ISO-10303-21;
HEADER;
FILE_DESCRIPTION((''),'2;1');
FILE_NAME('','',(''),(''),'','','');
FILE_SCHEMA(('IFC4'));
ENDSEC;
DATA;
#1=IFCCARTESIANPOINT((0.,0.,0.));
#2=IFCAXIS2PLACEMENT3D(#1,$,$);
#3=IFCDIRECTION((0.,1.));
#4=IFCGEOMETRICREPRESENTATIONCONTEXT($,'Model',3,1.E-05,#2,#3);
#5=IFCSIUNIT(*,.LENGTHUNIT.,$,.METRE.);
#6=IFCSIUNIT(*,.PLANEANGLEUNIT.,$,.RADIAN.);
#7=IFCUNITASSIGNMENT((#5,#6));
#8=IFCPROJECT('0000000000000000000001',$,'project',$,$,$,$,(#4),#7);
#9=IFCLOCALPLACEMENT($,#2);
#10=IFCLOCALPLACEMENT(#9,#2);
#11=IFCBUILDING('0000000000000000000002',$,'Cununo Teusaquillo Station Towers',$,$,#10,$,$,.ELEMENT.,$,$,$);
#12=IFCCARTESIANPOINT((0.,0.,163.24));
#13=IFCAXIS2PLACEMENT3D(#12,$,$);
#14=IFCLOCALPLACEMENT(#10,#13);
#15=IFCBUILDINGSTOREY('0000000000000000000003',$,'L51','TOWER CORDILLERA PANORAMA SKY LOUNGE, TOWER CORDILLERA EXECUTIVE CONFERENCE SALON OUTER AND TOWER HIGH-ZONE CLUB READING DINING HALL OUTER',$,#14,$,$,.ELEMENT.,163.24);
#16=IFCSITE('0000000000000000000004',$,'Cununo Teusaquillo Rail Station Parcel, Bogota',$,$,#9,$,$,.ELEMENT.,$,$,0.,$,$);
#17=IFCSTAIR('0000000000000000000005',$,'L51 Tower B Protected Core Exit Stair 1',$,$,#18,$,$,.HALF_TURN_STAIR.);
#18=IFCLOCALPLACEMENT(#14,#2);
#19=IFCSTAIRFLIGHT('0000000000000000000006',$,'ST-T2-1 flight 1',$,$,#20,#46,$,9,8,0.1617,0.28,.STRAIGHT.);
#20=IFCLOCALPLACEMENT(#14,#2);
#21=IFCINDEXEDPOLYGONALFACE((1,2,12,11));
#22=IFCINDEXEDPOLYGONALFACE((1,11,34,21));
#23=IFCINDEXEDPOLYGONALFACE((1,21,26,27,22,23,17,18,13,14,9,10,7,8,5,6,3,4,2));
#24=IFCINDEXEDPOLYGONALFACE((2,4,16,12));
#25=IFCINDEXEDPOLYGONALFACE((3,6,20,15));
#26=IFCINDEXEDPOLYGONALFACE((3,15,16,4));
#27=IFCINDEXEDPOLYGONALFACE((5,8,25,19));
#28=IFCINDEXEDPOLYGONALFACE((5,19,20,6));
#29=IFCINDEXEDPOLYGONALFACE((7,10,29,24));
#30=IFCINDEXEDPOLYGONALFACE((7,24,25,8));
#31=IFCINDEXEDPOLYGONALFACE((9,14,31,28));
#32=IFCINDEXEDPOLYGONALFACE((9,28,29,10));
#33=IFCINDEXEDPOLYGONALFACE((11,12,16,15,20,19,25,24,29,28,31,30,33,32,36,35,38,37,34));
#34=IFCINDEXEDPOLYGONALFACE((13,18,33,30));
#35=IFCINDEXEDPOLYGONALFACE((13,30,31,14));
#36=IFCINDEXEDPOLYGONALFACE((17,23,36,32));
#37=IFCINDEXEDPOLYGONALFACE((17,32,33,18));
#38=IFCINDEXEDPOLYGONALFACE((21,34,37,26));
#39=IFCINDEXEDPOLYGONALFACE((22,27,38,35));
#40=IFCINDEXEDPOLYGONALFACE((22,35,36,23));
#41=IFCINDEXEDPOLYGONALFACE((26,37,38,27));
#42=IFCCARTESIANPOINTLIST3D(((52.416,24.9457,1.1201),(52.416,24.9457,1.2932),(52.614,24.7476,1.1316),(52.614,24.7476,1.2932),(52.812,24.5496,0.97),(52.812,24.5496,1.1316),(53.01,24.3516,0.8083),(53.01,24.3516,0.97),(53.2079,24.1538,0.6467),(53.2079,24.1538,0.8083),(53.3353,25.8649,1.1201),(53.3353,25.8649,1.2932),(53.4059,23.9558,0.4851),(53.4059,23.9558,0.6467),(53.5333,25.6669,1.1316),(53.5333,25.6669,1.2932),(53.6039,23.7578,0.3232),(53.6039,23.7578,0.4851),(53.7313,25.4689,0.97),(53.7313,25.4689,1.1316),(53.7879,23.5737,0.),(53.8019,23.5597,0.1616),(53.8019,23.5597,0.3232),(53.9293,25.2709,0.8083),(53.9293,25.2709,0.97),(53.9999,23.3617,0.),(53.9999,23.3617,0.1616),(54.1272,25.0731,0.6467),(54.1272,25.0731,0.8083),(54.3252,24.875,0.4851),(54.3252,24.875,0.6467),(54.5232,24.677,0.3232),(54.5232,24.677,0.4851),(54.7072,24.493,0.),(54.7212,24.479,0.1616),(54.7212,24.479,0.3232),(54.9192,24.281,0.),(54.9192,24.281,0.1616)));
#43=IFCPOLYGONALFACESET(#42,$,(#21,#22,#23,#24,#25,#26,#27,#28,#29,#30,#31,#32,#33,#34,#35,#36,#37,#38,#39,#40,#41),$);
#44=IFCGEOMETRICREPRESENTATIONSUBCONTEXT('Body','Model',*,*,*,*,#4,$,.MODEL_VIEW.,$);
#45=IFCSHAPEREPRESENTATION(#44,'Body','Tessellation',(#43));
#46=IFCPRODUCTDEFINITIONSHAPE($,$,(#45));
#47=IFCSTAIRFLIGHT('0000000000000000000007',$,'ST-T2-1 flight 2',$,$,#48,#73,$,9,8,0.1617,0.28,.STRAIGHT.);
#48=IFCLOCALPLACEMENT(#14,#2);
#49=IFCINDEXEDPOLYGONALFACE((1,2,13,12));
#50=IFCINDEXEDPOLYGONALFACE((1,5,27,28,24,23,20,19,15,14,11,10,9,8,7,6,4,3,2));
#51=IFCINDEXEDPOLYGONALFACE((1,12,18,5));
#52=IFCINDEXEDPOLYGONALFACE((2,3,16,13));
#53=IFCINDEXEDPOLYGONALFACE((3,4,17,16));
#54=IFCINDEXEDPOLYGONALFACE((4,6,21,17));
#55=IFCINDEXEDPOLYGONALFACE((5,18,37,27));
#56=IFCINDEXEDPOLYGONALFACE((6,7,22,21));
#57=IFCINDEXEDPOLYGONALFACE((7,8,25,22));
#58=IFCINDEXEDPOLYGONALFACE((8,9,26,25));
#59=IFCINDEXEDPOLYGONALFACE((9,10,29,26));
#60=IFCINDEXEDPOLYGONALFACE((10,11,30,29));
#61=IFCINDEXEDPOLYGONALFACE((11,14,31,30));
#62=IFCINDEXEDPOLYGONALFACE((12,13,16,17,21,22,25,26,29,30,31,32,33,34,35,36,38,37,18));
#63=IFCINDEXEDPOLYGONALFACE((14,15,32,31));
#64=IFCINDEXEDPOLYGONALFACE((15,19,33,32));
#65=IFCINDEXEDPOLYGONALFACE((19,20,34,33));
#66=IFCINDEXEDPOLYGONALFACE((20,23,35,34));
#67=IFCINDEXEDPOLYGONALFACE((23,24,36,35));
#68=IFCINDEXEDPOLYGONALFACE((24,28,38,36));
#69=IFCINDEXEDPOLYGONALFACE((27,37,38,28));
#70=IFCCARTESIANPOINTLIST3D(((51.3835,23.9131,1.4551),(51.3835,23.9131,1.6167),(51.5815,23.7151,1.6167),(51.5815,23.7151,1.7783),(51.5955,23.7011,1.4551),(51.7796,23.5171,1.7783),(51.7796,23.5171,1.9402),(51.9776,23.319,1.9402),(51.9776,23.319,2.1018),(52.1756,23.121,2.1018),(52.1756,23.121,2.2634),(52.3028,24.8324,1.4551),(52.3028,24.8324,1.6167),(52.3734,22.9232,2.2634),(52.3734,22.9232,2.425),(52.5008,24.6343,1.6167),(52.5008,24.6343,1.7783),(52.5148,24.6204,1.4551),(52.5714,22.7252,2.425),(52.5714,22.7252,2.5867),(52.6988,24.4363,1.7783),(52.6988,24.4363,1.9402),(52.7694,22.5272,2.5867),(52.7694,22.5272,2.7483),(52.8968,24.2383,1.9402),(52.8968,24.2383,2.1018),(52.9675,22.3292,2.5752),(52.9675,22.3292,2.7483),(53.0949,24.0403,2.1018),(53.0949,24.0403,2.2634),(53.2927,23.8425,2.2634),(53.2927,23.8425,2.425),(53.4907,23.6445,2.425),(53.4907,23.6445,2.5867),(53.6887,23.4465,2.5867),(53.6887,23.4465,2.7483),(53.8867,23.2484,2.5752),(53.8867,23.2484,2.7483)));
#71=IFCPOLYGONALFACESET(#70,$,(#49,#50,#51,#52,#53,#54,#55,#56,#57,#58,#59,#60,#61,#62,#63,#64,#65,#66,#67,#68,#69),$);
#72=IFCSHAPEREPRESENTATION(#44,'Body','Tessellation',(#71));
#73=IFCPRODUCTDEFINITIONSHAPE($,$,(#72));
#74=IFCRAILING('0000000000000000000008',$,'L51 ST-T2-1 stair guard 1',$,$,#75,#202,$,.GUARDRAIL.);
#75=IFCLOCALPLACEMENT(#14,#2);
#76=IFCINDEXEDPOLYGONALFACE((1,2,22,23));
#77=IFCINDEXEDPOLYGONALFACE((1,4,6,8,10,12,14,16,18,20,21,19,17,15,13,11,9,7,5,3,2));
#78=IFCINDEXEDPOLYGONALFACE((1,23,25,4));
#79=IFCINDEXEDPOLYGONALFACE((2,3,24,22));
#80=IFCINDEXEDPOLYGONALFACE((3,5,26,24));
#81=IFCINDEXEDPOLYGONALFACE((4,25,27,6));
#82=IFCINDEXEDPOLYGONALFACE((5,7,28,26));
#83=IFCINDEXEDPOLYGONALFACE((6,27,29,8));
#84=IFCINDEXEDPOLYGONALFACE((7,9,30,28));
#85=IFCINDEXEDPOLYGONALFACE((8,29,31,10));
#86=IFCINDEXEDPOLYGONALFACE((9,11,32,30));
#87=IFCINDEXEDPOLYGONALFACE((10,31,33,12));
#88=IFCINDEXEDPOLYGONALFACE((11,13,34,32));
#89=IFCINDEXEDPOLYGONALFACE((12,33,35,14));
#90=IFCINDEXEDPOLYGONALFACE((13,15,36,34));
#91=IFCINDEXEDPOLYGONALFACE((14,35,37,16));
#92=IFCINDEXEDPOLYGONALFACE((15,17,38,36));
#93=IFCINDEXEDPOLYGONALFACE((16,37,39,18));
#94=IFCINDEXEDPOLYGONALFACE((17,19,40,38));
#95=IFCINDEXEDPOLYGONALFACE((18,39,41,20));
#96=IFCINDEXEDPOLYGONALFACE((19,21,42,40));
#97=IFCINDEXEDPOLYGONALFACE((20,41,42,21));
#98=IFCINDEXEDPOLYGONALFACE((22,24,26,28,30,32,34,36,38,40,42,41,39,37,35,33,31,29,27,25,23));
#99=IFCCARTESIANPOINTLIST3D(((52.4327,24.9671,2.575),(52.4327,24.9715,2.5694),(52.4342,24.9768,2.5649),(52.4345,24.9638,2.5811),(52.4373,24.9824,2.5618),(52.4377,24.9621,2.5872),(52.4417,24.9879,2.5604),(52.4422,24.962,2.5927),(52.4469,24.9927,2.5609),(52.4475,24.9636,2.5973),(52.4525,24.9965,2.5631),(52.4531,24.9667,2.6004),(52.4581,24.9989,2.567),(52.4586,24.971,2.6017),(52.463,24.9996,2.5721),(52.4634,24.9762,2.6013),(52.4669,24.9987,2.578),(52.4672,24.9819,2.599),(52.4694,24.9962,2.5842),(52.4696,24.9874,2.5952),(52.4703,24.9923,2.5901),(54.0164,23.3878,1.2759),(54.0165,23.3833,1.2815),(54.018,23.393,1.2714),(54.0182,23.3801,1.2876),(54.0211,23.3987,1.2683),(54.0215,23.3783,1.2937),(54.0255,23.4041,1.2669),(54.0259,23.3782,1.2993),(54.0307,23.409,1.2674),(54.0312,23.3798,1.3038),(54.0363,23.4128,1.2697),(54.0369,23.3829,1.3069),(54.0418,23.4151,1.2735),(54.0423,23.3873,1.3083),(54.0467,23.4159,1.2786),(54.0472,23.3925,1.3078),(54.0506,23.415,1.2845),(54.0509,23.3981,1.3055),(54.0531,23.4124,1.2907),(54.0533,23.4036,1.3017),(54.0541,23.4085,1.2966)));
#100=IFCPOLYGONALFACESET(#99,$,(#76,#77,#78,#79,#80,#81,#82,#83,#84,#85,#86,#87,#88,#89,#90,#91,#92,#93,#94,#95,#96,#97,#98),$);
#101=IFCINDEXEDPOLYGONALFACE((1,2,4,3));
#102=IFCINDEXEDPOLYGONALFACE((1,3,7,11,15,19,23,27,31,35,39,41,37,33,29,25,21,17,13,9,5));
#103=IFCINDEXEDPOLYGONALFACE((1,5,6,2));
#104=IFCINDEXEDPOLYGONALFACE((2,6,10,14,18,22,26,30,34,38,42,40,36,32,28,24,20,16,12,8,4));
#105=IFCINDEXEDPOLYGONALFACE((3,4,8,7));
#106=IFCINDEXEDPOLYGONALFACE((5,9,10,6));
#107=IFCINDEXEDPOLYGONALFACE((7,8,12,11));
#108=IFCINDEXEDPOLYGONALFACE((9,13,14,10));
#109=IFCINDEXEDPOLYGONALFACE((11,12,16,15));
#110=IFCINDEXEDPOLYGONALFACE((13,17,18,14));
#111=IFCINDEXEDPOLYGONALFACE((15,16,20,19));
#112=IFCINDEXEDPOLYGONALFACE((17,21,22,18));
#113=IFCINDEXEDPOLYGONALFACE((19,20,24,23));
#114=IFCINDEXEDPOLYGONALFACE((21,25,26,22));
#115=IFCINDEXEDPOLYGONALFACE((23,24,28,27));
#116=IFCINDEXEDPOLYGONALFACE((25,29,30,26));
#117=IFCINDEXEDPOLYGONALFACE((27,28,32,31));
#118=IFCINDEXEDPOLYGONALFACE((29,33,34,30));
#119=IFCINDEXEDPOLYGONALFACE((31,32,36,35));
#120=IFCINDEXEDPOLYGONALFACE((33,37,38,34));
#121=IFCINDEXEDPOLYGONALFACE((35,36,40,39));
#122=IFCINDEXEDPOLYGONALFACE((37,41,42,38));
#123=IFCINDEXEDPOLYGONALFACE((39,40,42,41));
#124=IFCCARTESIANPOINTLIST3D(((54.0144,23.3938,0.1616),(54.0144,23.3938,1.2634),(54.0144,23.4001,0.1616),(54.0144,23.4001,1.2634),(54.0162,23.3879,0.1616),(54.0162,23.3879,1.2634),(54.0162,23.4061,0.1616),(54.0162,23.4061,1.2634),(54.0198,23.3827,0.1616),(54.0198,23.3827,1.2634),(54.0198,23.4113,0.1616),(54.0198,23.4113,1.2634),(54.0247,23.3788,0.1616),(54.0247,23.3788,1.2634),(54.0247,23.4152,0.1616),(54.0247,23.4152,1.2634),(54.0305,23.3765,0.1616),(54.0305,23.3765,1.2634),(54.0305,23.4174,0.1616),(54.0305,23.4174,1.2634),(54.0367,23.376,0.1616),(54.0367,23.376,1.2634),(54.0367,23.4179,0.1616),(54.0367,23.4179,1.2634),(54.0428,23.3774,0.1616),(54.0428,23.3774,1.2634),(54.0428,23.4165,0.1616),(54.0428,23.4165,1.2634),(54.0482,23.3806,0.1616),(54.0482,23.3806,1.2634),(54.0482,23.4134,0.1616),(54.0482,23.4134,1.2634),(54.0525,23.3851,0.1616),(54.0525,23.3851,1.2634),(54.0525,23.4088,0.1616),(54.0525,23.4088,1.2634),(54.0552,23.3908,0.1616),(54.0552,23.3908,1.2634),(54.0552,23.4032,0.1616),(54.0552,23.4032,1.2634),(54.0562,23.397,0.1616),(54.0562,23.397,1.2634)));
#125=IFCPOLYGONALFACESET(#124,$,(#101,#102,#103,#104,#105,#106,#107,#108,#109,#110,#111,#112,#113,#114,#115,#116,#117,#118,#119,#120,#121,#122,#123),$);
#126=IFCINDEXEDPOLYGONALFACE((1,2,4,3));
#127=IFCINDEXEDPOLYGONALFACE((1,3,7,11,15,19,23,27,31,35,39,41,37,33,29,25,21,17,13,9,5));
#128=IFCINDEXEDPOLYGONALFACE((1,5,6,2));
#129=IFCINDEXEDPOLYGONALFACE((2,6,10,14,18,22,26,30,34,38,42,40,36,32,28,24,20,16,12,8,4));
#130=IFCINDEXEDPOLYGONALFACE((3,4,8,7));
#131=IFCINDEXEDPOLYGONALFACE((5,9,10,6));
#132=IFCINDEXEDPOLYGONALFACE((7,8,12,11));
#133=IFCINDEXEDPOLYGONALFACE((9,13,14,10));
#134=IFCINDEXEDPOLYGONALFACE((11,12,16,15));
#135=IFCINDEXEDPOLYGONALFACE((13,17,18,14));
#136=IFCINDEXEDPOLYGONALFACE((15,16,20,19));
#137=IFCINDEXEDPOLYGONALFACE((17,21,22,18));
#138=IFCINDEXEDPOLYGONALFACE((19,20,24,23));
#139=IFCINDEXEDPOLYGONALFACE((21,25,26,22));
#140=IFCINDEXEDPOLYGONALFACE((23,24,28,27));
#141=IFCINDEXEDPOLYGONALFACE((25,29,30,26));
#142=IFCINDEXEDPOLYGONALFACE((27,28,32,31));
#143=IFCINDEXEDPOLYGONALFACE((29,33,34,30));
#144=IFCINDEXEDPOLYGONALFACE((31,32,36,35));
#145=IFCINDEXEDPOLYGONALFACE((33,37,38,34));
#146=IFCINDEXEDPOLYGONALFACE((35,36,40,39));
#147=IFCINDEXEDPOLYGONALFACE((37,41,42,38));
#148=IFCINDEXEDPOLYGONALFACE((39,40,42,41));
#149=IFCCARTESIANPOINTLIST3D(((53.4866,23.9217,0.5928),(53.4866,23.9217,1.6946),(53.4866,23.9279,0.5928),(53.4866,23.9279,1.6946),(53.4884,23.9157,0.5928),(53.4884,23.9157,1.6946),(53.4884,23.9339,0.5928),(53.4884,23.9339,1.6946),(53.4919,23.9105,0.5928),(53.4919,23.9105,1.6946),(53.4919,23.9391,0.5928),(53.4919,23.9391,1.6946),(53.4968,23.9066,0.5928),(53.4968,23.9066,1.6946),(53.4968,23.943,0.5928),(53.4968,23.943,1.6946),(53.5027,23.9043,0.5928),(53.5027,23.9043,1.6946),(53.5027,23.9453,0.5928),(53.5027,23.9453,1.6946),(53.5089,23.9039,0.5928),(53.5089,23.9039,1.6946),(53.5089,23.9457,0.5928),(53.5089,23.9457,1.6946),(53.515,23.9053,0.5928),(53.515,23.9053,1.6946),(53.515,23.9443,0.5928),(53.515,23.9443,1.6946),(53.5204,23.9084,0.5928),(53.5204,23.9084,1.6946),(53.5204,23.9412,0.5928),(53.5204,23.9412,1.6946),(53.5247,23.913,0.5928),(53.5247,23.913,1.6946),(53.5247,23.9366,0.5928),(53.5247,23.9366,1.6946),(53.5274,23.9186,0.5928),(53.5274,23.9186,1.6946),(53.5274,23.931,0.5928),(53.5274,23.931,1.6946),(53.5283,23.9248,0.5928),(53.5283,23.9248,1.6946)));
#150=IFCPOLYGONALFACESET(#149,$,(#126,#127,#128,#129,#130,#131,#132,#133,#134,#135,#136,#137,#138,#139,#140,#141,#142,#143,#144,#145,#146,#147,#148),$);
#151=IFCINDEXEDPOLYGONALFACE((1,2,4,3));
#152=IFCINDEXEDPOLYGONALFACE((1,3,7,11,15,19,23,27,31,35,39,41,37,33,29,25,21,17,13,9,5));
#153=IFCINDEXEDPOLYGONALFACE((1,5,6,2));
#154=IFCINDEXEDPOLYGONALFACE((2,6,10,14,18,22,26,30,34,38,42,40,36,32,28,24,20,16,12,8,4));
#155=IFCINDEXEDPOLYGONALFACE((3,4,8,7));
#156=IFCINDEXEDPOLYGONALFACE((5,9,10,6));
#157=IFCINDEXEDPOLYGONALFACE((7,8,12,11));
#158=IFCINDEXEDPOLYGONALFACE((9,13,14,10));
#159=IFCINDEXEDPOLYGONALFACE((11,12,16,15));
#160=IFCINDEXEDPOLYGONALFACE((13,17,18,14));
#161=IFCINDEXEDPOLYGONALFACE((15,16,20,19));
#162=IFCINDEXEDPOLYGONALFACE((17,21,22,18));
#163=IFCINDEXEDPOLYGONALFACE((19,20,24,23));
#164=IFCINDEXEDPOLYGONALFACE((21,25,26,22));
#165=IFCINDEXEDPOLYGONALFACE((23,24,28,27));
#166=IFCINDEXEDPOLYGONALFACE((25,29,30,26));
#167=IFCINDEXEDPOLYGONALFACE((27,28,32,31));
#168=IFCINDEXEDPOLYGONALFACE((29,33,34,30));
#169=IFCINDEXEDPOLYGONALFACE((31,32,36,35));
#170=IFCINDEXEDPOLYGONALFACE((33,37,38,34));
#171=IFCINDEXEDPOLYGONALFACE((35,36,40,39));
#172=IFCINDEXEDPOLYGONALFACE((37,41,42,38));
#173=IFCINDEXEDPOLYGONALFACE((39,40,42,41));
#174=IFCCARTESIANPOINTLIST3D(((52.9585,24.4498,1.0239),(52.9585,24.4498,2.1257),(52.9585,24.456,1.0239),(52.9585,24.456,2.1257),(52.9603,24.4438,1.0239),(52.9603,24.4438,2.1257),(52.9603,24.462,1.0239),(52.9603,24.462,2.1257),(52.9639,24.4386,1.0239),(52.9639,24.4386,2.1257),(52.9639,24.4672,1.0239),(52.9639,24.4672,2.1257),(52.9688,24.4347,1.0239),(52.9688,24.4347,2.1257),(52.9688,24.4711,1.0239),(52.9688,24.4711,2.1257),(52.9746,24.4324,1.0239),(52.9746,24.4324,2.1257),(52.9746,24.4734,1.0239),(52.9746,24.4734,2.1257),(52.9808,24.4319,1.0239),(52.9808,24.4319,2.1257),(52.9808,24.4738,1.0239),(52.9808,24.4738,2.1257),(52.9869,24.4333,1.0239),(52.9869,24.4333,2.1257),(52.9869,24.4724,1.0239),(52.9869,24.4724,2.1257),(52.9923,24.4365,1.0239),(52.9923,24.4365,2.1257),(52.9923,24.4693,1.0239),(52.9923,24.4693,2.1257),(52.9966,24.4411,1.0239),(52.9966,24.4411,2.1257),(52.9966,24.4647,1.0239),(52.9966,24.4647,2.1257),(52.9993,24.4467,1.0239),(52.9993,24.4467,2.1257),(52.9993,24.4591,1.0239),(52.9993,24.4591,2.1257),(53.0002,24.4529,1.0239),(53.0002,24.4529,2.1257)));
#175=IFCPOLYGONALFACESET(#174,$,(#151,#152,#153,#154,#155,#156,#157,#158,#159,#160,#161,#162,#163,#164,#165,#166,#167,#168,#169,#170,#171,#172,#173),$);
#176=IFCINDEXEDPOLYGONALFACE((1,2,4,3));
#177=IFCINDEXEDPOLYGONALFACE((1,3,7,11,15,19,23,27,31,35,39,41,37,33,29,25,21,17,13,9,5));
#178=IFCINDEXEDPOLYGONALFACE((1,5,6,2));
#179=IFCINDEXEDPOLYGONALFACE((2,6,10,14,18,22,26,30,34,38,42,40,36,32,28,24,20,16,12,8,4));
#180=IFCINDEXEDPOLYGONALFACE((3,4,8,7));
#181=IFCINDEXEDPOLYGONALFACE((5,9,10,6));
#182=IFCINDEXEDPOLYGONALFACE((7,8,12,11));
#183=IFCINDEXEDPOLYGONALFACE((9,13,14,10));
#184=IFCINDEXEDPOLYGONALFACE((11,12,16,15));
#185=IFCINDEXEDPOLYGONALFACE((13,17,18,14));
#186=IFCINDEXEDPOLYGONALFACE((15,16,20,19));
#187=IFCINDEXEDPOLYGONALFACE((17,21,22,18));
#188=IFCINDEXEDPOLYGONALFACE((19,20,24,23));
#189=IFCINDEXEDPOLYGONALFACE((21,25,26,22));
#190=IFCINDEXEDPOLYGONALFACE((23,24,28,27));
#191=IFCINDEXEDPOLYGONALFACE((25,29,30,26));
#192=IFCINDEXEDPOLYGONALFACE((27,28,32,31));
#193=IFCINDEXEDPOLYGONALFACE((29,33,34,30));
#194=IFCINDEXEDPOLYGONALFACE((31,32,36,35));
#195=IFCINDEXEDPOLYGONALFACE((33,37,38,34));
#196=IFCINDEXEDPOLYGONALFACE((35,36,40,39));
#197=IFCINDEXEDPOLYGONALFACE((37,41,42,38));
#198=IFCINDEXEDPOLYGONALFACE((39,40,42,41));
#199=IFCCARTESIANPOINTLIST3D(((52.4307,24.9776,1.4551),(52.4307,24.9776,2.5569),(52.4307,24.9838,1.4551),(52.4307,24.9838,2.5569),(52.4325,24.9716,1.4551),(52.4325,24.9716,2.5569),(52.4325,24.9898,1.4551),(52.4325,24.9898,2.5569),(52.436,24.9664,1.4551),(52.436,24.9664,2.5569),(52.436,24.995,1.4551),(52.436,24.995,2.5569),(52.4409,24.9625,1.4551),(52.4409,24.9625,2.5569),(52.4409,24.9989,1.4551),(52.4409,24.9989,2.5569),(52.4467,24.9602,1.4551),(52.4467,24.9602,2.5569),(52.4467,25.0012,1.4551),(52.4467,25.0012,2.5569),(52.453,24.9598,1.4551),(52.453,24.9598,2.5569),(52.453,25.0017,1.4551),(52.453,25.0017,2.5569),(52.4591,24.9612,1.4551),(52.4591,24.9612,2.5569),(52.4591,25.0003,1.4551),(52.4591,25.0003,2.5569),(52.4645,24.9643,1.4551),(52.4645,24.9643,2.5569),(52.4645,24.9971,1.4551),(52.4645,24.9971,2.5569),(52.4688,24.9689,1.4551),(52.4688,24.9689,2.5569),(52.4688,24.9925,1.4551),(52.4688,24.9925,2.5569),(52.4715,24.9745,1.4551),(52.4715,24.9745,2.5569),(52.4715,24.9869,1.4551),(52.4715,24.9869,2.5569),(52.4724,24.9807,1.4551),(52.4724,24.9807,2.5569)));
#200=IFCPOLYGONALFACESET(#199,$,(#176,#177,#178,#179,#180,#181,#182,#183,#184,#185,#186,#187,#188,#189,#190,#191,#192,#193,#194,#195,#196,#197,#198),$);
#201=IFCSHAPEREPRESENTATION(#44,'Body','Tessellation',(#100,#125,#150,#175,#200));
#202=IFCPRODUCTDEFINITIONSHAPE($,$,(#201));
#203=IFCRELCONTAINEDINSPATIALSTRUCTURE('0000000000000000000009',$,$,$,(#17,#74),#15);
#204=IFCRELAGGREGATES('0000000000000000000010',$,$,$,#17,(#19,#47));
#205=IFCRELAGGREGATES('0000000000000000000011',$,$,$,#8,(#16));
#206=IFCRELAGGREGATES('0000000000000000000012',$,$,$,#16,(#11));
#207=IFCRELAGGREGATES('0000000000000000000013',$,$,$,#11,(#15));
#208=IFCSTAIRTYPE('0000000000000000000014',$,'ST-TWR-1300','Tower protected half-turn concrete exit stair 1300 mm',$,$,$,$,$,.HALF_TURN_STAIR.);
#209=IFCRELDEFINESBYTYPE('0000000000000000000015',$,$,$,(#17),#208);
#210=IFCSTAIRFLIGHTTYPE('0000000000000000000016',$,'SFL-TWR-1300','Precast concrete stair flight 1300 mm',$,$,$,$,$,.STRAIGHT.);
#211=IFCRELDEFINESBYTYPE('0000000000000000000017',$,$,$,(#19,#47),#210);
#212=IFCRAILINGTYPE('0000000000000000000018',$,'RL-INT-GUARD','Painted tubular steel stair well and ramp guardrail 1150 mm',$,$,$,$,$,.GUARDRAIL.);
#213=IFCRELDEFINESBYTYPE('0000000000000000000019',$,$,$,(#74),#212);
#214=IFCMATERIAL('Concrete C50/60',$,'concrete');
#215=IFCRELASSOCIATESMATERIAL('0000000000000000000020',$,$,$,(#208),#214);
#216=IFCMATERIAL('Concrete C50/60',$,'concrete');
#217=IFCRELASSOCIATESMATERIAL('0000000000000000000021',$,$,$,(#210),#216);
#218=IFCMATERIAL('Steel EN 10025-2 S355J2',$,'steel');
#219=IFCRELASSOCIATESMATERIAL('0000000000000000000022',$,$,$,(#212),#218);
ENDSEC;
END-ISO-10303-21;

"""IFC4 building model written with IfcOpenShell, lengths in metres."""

from ifc_helpers import new_model, si_unit, direction, frame, origin, origin_2d, place, context, subcontext, project, spatial, polyline, circle, outline, extrude, material, type_object, element, aggregate, save


model = new_model("IFC4")

# Units and contexts
model_context = context("Model", 3, precision=1e-05, world=origin(), true_north=direction((0.0, 1.0)))
body_context = subcontext(model_context, "Body", "Model", "MODEL_VIEW")
ifc_project = project(units=[si_unit("LENGTHUNIT", "METRE"), si_unit("PLANEANGLEUNIT", "RADIAN")], contexts=[model_context])

# Site, building, storey
site_placement = place(None, origin())
site = spatial("IfcSite", under=ifc_project, at=site_placement, Name="Cununo Teusaquillo Rail Station Parcel, Bogota", CompositionType="ELEMENT", RefElevation=0.0)
building_placement = place(site_placement, origin())
building = spatial("IfcBuilding", under=site, at=building_placement, Name="Cununo Teusaquillo Station Towers", CompositionType="ELEMENT")
storey_placement = place(building_placement, frame((0.0, 0.0, 163.24)))
storey = spatial("IfcBuildingStorey", under=building, at=storey_placement, Name="L51", Description="TOWER CORDILLERA PANORAMA SKY LOUNGE, TOWER CORDILLERA EXECUTIVE CONFERENCE SALON OUTER AND TOWER HIGH-ZONE CLUB READING DINING HALL OUTER", CompositionType="ELEMENT", Elevation=163.24)

# Stair, stair flights
ifc_material_1 = material(Name="Concrete C50/60", Category="concrete")
stair_type = type_object("IfcStairType", Name="ST-TWR-1300", Description="Tower protected half-turn concrete exit stair 1300 mm", PredefinedType="HALF_TURN_STAIR", material=ifc_material_1)
stair_placement = place(storey_placement, origin())
stair = element("IfcStair", 1, at=stair_placement, inside=storey, type_object=stair_type, Name="L51 Tower B Protected Core Exit Stair 1", PredefinedType="HALF_TURN_STAIR")
ifc_material_2 = material(Name="Concrete C50/60", Category="concrete")
stair_flight_type = type_object("IfcStairFlightType", Name="SFL-TWR-1300", Description="Precast concrete stair flight 1300 mm", PredefinedType="STRAIGHT", material=ifc_material_2)
stair_flight_1_placement = place(storey_placement, frame((54.4595, 23.8213, 0.0), z_axis=(0.0, 0.0, 1.0), x_axis=(-0.707107, 0.707107, 0.0)))
stair_flight_1 = element("IfcStairFlight", 2, at=stair_flight_1_placement, type_object=stair_flight_type, Name="ST-T2-1 flight 1", NumberOfRisers=9, NumberOfTreads=8, PredefinedType="STRAIGHT", RiserHeight=0.1617, TreadLength=0.28, context=body_context, shape_type="SweptSolid", body=[
    extrude(outline(polyline([(0.0, 0.0), (0.0, 0.1616), (0.28, 0.1616), (0.28, 0.3232), (0.5601, 0.3232), (0.5601, 0.4851), (0.8401, 0.4851), (0.8401, 0.6467), (1.1201, 0.6467), (1.1201, 0.8083), (1.3999, 0.8083), (1.3999, 0.97), (1.6799, 0.97), (1.6799, 1.1316), (1.96, 1.1316), (1.96, 1.2932), (2.24, 1.2932), (2.24, 1.4551), (2.24, 1.1201), (0.2998, 0.0), (0.0, 0.0)])), frame((0.0, 0.6499, 0.0), z_axis=(0.0, -1.0, 0.0), x_axis=(1.0, 0.0, 0.0)), (0.0, 0.0, 1.0), 1.3),
])
stair_flight_2_placement = place(storey_placement, frame((51.8433, 24.3728, 1.4551), z_axis=(0.0, 0.0, 1.0), x_axis=(0.707107, -0.707107, 0.0)))
stair_flight_2 = element("IfcStairFlight", 3, at=stair_flight_2_placement, type_object=stair_flight_type, Name="ST-T2-1 flight 2", NumberOfRisers=9, NumberOfTreads=8, PredefinedType="STRAIGHT", RiserHeight=0.1617, TreadLength=0.28, context=body_context, shape_type="SweptSolid", body=[
    extrude(outline(polyline([(0.0, 0.0), (0.0, 0.1616), (0.28, 0.1616), (0.28, 0.3232), (0.5601, 0.3232), (0.5601, 0.4851), (0.8401, 0.4851), (0.8401, 0.6467), (1.1201, 0.6467), (1.1201, 0.8083), (1.3999, 0.8083), (1.3999, 0.97), (1.6799, 0.97), (1.6799, 1.1316), (1.96, 1.1316), (1.96, 1.2932), (2.24, 1.2932), (2.24, 1.4551), (2.24, 1.1201), (0.2998, 0.0), (0.0, 0.0)])), frame((0.0, 0.6499, 0.0), z_axis=(0.0, -1.0, 0.0), x_axis=(1.0, 0.0, 0.0)), (0.0, 0.0, 1.0), 1.3),
])
aggregate(stair, [stair_flight_1, stair_flight_2])

# Railing
ifc_material_3 = material(Name="Steel EN 10025-2 S355J2", Category="steel")
railing_type_1 = type_object("IfcRailingType", Name="RL-INT-GUARD", Description="Painted tubular steel stair well and ramp guardrail 1150 mm", PredefinedType="GUARDRAIL", material=ifc_material_3)
railing_1_placement = place(storey_placement, frame((54.0352, 23.397, 0.1616)))
element("IfcRailing", 4, at=railing_1_placement, inside=storey, type_object=railing_type_1, Name="L51 ST-T2-1 stair guard 1", PredefinedType="GUARDRAIL", context=body_context, shape_type="SweptSolid", body=[
    extrude(circle(Radius=0.0239, at=origin_2d()), frame((0.0, 0.0, 1.126), z_axis=(-0.612332, 0.612332, 0.500098), x_axis=(-0.707107, -0.707107, 0.0)), (0.0, 0.0, 1.0), 2.5864),
    extrude(circle(Radius=0.021, at=origin_2d()), origin(), (0.0, 0.0, 1.0), 1.1018),
    extrude(circle(Radius=0.021, at=origin_2d()), frame((-0.5278, 0.5278, 0.4312)), (0.0, 0.0, 1.0), 1.1018),
    extrude(circle(Radius=0.021, at=origin_2d()), frame((-1.0559, 1.0559, 0.8623)), (0.0, 0.0, 1.0), 1.1018),
    extrude(circle(Radius=0.021, at=origin_2d()), frame((-1.5837, 1.5837, 1.2935)), (0.0, 0.0, 1.0), 1.1018),
])

save(model, "model.ifc")
